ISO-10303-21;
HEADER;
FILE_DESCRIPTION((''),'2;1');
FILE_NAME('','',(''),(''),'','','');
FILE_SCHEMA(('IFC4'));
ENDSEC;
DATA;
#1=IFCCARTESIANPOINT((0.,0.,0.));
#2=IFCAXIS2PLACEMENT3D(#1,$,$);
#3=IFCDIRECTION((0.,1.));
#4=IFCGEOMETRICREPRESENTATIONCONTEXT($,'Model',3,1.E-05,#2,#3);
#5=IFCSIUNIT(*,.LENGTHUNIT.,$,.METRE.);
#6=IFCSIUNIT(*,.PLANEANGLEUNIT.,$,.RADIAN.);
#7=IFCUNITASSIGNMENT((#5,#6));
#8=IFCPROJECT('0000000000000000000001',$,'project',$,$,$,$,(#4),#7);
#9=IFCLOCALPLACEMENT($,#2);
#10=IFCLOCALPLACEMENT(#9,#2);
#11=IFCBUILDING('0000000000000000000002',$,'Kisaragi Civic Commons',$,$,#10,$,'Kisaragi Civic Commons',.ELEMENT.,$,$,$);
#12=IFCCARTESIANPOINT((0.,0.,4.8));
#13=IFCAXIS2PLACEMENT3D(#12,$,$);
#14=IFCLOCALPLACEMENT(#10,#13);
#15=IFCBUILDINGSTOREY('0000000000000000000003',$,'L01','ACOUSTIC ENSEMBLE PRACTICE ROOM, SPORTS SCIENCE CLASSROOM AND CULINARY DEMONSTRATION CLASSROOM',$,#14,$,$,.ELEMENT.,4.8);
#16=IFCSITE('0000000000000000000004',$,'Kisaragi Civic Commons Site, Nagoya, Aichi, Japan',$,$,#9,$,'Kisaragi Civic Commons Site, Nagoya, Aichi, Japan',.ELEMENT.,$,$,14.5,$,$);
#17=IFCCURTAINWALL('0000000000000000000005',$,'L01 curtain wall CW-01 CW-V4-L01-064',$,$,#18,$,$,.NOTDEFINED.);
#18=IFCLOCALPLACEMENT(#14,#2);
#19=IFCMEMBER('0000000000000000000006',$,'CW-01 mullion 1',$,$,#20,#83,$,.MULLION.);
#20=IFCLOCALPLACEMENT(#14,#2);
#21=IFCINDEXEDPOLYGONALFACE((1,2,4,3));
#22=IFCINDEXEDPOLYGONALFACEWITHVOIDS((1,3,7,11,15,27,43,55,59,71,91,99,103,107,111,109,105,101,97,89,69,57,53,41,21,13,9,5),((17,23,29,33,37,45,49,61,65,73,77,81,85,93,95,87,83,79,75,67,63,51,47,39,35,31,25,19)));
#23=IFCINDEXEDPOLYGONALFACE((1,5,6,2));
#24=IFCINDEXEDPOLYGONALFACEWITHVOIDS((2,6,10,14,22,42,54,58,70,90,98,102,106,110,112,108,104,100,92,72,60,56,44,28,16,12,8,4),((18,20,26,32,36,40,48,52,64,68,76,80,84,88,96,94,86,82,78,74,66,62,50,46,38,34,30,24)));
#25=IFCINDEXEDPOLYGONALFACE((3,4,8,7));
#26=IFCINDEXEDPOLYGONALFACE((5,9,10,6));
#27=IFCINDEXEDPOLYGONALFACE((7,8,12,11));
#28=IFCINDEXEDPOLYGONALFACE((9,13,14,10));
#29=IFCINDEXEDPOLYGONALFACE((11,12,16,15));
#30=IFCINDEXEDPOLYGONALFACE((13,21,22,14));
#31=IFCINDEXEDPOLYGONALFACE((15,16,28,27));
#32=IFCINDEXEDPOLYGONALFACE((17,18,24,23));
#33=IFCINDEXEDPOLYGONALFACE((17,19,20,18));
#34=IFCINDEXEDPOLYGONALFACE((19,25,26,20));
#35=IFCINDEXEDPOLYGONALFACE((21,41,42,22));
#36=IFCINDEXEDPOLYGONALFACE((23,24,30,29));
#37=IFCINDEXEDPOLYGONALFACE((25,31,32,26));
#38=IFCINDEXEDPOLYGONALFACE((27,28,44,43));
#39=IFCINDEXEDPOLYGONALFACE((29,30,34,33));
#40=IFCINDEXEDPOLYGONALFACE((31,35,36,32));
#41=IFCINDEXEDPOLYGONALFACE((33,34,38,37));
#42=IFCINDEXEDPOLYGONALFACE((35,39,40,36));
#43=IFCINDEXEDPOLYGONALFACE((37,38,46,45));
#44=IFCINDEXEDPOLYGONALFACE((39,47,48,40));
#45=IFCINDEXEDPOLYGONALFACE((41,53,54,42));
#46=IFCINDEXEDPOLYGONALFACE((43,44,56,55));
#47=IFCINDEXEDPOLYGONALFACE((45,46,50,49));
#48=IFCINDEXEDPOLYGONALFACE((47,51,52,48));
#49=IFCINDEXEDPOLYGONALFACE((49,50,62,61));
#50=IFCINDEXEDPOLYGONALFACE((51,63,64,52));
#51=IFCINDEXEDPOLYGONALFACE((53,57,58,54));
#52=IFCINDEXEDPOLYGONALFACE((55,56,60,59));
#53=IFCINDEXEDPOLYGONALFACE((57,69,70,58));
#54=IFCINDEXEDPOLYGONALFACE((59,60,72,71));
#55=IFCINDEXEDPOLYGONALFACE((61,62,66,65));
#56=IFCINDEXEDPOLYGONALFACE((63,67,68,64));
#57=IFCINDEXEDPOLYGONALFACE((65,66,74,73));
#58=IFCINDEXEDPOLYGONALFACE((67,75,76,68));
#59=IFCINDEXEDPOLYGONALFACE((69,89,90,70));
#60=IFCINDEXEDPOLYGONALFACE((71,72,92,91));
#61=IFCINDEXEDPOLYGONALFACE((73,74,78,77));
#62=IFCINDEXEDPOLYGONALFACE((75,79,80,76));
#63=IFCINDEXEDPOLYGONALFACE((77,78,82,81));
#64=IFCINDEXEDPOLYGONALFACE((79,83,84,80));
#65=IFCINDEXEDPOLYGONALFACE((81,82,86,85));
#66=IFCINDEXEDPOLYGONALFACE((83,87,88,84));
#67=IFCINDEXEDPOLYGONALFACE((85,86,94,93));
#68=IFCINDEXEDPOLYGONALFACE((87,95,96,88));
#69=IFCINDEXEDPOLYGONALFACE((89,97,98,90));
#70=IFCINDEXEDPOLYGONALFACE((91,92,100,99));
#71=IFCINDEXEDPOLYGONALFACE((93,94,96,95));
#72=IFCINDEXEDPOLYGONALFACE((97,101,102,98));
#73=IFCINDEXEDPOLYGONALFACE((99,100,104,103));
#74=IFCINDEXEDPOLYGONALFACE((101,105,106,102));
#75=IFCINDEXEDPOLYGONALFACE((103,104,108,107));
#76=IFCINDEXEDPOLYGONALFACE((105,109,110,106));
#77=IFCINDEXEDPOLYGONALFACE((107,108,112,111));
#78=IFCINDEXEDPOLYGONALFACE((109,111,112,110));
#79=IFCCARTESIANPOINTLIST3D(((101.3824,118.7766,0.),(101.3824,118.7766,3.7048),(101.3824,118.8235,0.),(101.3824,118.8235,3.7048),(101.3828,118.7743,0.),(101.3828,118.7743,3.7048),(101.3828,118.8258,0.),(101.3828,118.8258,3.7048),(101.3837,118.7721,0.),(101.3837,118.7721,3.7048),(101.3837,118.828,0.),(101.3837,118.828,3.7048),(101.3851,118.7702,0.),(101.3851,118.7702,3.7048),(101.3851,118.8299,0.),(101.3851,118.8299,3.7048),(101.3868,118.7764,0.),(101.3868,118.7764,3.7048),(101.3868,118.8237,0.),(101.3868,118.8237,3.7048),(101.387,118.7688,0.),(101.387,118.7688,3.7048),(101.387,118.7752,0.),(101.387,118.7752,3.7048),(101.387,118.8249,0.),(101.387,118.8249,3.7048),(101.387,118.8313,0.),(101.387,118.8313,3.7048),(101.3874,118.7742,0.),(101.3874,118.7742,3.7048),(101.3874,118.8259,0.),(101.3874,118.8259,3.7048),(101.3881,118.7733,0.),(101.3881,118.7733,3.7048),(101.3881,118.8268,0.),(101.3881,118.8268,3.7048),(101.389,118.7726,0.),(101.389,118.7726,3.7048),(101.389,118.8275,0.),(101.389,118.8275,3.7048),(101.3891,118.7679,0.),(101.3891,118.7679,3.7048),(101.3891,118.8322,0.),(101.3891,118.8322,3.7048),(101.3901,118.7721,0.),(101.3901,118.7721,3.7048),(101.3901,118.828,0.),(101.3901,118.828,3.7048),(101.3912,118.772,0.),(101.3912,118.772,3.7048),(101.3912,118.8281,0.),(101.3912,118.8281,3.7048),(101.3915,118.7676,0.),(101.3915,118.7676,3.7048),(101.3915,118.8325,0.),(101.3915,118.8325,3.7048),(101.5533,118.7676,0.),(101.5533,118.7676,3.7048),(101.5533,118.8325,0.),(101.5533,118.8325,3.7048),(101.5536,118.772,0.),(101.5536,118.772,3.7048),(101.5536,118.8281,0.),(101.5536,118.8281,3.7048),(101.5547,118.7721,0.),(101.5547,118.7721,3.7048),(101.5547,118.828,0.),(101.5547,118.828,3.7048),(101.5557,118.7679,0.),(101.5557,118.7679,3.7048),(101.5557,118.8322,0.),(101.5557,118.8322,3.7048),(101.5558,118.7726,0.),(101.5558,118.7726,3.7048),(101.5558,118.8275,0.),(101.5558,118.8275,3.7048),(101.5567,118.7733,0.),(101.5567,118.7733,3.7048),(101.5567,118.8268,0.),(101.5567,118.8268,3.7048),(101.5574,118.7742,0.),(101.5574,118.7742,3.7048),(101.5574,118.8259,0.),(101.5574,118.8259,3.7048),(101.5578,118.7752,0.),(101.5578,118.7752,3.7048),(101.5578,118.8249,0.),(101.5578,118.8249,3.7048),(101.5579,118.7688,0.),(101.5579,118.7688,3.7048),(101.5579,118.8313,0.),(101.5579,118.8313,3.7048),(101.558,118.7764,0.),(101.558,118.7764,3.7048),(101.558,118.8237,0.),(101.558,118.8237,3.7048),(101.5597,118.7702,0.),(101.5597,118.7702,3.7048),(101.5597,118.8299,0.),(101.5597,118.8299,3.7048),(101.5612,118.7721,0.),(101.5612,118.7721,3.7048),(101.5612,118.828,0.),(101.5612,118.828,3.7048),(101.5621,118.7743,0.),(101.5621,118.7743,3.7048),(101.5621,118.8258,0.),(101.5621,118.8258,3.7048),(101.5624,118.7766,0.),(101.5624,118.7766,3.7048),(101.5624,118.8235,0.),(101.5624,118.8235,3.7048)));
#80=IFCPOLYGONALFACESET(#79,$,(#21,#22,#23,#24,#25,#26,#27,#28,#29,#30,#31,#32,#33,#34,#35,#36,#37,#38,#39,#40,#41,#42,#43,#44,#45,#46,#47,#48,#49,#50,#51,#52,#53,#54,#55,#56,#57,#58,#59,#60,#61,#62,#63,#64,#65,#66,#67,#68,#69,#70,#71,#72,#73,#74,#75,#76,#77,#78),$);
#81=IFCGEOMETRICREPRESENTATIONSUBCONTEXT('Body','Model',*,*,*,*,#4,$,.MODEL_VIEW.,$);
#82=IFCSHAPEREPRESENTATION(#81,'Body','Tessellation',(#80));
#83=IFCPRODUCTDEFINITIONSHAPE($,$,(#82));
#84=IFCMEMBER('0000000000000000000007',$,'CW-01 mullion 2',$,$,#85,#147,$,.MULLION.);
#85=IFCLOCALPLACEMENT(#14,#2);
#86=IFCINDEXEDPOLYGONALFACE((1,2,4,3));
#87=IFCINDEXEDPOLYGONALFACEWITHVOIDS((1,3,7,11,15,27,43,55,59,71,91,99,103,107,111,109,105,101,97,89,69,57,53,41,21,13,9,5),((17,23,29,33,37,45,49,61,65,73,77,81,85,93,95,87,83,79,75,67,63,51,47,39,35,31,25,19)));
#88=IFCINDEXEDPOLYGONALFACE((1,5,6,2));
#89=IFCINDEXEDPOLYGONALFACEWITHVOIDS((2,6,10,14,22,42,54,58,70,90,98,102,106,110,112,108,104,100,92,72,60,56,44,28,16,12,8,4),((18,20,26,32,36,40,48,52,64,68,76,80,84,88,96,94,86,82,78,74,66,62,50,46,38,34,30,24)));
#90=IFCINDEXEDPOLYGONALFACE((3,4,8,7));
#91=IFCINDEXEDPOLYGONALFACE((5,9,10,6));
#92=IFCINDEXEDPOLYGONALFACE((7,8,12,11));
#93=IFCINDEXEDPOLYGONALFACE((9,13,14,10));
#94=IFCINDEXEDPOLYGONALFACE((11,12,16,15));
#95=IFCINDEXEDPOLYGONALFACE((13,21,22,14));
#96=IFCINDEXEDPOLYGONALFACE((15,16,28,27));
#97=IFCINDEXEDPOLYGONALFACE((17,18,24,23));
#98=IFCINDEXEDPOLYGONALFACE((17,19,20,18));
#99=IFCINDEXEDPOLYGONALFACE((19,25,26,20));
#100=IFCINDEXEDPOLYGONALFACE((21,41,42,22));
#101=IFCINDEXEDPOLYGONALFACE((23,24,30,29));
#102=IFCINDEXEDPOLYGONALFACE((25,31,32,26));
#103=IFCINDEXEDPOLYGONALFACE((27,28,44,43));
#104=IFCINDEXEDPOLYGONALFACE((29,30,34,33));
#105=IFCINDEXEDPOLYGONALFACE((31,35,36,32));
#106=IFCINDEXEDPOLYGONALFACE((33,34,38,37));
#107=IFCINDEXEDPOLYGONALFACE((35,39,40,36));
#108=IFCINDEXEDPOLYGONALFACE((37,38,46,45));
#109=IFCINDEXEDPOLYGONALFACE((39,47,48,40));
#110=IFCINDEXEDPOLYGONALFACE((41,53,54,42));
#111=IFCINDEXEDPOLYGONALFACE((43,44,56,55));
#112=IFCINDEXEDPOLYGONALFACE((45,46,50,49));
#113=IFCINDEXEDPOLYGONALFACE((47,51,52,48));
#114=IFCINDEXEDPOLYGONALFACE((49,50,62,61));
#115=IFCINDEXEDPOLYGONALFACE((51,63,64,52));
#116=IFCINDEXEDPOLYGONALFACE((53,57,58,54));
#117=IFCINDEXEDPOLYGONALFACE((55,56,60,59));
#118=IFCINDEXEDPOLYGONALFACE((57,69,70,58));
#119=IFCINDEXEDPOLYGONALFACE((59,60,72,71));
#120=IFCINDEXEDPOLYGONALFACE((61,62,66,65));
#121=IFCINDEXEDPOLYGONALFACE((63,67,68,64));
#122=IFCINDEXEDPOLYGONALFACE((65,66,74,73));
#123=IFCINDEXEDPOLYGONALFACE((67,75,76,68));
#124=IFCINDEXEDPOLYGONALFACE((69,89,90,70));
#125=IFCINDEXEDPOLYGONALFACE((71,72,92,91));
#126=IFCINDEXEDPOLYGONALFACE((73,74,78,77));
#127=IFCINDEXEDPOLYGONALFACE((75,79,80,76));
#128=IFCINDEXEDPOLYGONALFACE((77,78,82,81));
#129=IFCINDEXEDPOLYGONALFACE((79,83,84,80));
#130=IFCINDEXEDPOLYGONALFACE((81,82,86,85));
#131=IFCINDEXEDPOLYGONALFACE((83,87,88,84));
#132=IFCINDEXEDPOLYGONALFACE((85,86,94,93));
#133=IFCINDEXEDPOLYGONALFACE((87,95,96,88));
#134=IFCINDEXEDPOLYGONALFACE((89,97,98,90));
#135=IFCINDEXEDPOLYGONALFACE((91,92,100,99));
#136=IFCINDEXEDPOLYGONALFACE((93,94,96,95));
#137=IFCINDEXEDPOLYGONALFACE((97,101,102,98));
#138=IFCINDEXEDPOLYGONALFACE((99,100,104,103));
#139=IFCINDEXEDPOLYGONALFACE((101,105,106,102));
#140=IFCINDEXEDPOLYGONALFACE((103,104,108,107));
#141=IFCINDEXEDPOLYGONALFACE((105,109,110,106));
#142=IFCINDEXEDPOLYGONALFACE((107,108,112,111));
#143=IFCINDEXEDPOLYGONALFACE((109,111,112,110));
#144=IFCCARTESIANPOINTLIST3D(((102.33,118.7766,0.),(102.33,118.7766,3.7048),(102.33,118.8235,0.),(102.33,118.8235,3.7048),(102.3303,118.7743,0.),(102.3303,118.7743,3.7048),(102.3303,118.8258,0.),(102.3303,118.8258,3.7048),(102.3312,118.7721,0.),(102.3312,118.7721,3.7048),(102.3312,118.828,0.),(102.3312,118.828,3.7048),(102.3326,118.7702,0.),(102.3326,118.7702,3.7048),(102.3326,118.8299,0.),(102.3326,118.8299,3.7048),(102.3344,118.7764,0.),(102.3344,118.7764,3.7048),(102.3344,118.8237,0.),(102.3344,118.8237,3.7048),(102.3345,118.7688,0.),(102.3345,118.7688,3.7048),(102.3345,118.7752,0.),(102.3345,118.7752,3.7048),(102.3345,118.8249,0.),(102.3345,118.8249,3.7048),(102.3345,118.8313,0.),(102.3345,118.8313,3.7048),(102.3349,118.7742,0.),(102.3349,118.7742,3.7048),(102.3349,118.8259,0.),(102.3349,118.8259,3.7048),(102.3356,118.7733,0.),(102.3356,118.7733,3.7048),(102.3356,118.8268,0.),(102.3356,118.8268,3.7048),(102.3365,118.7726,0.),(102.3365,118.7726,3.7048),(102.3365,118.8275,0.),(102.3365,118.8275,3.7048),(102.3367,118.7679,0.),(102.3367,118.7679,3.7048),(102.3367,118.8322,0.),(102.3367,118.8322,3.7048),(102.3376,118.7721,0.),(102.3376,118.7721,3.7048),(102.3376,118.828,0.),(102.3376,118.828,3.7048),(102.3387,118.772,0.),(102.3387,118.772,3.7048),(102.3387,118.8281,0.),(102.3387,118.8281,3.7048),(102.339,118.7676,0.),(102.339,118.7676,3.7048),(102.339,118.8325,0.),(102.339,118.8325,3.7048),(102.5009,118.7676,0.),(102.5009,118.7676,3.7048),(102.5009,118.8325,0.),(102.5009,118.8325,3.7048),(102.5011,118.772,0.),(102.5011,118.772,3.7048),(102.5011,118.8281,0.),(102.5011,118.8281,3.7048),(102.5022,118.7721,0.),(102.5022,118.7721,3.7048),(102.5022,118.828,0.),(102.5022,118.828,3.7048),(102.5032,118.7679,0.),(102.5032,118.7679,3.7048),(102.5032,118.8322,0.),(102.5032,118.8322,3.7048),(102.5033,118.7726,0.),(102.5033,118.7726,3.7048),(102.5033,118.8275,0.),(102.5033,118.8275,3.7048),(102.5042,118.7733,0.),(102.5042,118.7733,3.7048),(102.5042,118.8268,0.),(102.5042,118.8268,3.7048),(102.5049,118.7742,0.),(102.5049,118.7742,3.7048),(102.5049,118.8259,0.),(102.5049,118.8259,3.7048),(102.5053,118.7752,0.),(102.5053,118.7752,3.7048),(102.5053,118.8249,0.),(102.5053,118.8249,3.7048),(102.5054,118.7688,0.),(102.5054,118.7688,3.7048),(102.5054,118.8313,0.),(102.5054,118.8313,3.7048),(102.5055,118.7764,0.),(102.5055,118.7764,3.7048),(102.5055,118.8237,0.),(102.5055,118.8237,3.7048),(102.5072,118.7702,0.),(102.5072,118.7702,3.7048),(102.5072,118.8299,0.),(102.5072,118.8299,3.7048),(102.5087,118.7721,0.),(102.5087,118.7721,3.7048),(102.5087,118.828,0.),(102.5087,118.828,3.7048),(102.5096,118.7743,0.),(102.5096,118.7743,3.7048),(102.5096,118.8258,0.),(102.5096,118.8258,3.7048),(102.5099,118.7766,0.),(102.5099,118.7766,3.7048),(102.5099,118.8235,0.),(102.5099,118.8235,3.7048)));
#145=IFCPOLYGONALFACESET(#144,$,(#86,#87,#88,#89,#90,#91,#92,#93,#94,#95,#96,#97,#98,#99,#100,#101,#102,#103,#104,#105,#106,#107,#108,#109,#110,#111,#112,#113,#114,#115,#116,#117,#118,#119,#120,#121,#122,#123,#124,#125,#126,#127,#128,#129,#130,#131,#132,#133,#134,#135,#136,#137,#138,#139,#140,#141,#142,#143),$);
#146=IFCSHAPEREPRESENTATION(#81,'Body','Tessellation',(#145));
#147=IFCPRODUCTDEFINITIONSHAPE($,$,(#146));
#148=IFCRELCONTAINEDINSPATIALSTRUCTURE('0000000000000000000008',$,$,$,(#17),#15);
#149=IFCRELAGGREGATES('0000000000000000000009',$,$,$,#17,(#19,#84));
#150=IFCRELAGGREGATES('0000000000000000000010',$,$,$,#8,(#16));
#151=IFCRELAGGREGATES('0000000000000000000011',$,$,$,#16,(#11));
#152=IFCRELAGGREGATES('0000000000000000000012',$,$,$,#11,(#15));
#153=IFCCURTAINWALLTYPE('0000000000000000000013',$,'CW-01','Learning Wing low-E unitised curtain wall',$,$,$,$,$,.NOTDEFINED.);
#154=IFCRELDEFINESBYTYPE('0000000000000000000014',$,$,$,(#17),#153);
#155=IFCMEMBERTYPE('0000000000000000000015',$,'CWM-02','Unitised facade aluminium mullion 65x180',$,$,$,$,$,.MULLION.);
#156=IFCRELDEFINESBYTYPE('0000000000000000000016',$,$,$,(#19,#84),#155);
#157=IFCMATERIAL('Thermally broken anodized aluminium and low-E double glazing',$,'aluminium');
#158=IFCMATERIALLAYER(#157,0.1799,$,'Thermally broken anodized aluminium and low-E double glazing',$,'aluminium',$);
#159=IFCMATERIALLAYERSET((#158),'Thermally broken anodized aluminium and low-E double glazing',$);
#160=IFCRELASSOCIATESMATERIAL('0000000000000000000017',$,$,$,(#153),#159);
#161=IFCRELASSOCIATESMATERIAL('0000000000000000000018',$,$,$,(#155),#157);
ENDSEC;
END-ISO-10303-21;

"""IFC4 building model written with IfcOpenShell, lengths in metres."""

from ifc_helpers import new_model, si_unit, direction, frame, origin, origin_2d, place, context, subcontext, project, spatial, hollow_rectangle, extrude, material, layer, layer_set, material_profile, profile_set, type_object, element, aggregate, save


model = new_model("IFC4")

# Units and contexts
model_context = context("Model", 3, precision=1e-05, world=origin(), true_north=direction((0.0, 1.0)))
body_context = subcontext(model_context, "Body", "Model", "MODEL_VIEW")
ifc_project = project(units=[si_unit("LENGTHUNIT", "METRE"), si_unit("PLANEANGLEUNIT", "RADIAN")], contexts=[model_context])

# Site, building, storey
site_placement = place(None, origin())
site = spatial("IfcSite", under=ifc_project, at=site_placement, Name="Kisaragi Civic Commons Site, Nagoya, Aichi, Japan", LongName="Kisaragi Civic Commons Site, Nagoya, Aichi, Japan", CompositionType="ELEMENT", RefElevation=14.5)
building_placement = place(site_placement, origin())
building = spatial("IfcBuilding", under=site, at=building_placement, Name="Kisaragi Civic Commons", LongName="Kisaragi Civic Commons", CompositionType="ELEMENT")
storey_placement = place(building_placement, frame((0.0, 0.0, 4.8)))
storey = spatial("IfcBuildingStorey", under=building, at=storey_placement, Name="L01", Description="ACOUSTIC ENSEMBLE PRACTICE ROOM, SPORTS SCIENCE CLASSROOM AND CULINARY DEMONSTRATION CLASSROOM", CompositionType="ELEMENT", Elevation=4.8)

# Curtain wall, members
ifc_material = material(Name="Thermally broken anodized aluminium and low-E double glazing", Category="aluminium")
ifc_layer_1 = layer(ifc_material, 0.1799, Name="Thermally broken anodized aluminium and low-E double glazing", Category="aluminium")
ifc_layer_set_1 = layer_set([ifc_layer_1], Name="Thermally broken anodized aluminium and low-E double glazing")
curtain_wall_type = type_object("IfcCurtainWallType", Name="CW-01", Description="Learning Wing low-E unitised curtain wall", PredefinedType="NOTDEFINED", material=ifc_layer_set_1)
ifc_material_profile_1 = material_profile(ifc_material, hollow_rectangle(XDim=0.0649, YDim=0.1799, WallThickness=0.0044, InnerFilletRadius=0.0044, OuterFilletRadius=0.009, at=origin_2d()), Name="CWM-65x180x4.5", Category="aluminium")
ifc_profile_set_1 = profile_set([ifc_material_profile_1], Name="Thermally broken anodized aluminium and low-E double glazing")
member_type_1 = type_object("IfcMemberType", Name="CWM-02", Description="Unitised facade aluminium mullion 65x180", PredefinedType="MULLION", material=ifc_profile_set_1)
curtain_wall_1_placement = place(storey_placement, origin())
curtain_wall_1 = element("IfcCurtainWall", 1, at=curtain_wall_1_placement, inside=storey, type_object=curtain_wall_type, Name="L01 curtain wall CW-01 CW-V4-L01-064", PredefinedType="NOTDEFINED")
member_1_placement = place(storey_placement, frame((101.4724, 118.8, 0.0), z_axis=(0.0, 0.0, 1.0), x_axis=(0.0, 1.0, 0.0)))
member_1 = element("IfcMember", 2, at=member_1_placement, type_object=member_type_1, Name="CW-01 mullion 1", PredefinedType="MULLION", context=body_context, shape_type="SweptSolid", body=[
    extrude(hollow_rectangle(XDim=0.0649, YDim=0.1799, WallThickness=0.0044, InnerFilletRadius=0.0044, OuterFilletRadius=0.009, at=origin_2d()), origin(), (0.0, 0.0, 1.0), 3.7048),
])
member_2_placement = place(storey_placement, frame((102.4199, 118.8, 0.0), z_axis=(0.0, 0.0, 1.0), x_axis=(0.0, 1.0, 0.0)))
member_2 = element("IfcMember", 3, at=member_2_placement, type_object=member_type_1, Name="CW-01 mullion 2", PredefinedType="MULLION", context=body_context, shape_type="SweptSolid", body=[
    extrude(hollow_rectangle(XDim=0.0649, YDim=0.1799, WallThickness=0.0044, InnerFilletRadius=0.0044, OuterFilletRadius=0.009, at=origin_2d()), origin(), (0.0, 0.0, 1.0), 3.7048),
])

aggregate(curtain_wall_1, [member_1, member_2])

save(model, "model.ifc")
